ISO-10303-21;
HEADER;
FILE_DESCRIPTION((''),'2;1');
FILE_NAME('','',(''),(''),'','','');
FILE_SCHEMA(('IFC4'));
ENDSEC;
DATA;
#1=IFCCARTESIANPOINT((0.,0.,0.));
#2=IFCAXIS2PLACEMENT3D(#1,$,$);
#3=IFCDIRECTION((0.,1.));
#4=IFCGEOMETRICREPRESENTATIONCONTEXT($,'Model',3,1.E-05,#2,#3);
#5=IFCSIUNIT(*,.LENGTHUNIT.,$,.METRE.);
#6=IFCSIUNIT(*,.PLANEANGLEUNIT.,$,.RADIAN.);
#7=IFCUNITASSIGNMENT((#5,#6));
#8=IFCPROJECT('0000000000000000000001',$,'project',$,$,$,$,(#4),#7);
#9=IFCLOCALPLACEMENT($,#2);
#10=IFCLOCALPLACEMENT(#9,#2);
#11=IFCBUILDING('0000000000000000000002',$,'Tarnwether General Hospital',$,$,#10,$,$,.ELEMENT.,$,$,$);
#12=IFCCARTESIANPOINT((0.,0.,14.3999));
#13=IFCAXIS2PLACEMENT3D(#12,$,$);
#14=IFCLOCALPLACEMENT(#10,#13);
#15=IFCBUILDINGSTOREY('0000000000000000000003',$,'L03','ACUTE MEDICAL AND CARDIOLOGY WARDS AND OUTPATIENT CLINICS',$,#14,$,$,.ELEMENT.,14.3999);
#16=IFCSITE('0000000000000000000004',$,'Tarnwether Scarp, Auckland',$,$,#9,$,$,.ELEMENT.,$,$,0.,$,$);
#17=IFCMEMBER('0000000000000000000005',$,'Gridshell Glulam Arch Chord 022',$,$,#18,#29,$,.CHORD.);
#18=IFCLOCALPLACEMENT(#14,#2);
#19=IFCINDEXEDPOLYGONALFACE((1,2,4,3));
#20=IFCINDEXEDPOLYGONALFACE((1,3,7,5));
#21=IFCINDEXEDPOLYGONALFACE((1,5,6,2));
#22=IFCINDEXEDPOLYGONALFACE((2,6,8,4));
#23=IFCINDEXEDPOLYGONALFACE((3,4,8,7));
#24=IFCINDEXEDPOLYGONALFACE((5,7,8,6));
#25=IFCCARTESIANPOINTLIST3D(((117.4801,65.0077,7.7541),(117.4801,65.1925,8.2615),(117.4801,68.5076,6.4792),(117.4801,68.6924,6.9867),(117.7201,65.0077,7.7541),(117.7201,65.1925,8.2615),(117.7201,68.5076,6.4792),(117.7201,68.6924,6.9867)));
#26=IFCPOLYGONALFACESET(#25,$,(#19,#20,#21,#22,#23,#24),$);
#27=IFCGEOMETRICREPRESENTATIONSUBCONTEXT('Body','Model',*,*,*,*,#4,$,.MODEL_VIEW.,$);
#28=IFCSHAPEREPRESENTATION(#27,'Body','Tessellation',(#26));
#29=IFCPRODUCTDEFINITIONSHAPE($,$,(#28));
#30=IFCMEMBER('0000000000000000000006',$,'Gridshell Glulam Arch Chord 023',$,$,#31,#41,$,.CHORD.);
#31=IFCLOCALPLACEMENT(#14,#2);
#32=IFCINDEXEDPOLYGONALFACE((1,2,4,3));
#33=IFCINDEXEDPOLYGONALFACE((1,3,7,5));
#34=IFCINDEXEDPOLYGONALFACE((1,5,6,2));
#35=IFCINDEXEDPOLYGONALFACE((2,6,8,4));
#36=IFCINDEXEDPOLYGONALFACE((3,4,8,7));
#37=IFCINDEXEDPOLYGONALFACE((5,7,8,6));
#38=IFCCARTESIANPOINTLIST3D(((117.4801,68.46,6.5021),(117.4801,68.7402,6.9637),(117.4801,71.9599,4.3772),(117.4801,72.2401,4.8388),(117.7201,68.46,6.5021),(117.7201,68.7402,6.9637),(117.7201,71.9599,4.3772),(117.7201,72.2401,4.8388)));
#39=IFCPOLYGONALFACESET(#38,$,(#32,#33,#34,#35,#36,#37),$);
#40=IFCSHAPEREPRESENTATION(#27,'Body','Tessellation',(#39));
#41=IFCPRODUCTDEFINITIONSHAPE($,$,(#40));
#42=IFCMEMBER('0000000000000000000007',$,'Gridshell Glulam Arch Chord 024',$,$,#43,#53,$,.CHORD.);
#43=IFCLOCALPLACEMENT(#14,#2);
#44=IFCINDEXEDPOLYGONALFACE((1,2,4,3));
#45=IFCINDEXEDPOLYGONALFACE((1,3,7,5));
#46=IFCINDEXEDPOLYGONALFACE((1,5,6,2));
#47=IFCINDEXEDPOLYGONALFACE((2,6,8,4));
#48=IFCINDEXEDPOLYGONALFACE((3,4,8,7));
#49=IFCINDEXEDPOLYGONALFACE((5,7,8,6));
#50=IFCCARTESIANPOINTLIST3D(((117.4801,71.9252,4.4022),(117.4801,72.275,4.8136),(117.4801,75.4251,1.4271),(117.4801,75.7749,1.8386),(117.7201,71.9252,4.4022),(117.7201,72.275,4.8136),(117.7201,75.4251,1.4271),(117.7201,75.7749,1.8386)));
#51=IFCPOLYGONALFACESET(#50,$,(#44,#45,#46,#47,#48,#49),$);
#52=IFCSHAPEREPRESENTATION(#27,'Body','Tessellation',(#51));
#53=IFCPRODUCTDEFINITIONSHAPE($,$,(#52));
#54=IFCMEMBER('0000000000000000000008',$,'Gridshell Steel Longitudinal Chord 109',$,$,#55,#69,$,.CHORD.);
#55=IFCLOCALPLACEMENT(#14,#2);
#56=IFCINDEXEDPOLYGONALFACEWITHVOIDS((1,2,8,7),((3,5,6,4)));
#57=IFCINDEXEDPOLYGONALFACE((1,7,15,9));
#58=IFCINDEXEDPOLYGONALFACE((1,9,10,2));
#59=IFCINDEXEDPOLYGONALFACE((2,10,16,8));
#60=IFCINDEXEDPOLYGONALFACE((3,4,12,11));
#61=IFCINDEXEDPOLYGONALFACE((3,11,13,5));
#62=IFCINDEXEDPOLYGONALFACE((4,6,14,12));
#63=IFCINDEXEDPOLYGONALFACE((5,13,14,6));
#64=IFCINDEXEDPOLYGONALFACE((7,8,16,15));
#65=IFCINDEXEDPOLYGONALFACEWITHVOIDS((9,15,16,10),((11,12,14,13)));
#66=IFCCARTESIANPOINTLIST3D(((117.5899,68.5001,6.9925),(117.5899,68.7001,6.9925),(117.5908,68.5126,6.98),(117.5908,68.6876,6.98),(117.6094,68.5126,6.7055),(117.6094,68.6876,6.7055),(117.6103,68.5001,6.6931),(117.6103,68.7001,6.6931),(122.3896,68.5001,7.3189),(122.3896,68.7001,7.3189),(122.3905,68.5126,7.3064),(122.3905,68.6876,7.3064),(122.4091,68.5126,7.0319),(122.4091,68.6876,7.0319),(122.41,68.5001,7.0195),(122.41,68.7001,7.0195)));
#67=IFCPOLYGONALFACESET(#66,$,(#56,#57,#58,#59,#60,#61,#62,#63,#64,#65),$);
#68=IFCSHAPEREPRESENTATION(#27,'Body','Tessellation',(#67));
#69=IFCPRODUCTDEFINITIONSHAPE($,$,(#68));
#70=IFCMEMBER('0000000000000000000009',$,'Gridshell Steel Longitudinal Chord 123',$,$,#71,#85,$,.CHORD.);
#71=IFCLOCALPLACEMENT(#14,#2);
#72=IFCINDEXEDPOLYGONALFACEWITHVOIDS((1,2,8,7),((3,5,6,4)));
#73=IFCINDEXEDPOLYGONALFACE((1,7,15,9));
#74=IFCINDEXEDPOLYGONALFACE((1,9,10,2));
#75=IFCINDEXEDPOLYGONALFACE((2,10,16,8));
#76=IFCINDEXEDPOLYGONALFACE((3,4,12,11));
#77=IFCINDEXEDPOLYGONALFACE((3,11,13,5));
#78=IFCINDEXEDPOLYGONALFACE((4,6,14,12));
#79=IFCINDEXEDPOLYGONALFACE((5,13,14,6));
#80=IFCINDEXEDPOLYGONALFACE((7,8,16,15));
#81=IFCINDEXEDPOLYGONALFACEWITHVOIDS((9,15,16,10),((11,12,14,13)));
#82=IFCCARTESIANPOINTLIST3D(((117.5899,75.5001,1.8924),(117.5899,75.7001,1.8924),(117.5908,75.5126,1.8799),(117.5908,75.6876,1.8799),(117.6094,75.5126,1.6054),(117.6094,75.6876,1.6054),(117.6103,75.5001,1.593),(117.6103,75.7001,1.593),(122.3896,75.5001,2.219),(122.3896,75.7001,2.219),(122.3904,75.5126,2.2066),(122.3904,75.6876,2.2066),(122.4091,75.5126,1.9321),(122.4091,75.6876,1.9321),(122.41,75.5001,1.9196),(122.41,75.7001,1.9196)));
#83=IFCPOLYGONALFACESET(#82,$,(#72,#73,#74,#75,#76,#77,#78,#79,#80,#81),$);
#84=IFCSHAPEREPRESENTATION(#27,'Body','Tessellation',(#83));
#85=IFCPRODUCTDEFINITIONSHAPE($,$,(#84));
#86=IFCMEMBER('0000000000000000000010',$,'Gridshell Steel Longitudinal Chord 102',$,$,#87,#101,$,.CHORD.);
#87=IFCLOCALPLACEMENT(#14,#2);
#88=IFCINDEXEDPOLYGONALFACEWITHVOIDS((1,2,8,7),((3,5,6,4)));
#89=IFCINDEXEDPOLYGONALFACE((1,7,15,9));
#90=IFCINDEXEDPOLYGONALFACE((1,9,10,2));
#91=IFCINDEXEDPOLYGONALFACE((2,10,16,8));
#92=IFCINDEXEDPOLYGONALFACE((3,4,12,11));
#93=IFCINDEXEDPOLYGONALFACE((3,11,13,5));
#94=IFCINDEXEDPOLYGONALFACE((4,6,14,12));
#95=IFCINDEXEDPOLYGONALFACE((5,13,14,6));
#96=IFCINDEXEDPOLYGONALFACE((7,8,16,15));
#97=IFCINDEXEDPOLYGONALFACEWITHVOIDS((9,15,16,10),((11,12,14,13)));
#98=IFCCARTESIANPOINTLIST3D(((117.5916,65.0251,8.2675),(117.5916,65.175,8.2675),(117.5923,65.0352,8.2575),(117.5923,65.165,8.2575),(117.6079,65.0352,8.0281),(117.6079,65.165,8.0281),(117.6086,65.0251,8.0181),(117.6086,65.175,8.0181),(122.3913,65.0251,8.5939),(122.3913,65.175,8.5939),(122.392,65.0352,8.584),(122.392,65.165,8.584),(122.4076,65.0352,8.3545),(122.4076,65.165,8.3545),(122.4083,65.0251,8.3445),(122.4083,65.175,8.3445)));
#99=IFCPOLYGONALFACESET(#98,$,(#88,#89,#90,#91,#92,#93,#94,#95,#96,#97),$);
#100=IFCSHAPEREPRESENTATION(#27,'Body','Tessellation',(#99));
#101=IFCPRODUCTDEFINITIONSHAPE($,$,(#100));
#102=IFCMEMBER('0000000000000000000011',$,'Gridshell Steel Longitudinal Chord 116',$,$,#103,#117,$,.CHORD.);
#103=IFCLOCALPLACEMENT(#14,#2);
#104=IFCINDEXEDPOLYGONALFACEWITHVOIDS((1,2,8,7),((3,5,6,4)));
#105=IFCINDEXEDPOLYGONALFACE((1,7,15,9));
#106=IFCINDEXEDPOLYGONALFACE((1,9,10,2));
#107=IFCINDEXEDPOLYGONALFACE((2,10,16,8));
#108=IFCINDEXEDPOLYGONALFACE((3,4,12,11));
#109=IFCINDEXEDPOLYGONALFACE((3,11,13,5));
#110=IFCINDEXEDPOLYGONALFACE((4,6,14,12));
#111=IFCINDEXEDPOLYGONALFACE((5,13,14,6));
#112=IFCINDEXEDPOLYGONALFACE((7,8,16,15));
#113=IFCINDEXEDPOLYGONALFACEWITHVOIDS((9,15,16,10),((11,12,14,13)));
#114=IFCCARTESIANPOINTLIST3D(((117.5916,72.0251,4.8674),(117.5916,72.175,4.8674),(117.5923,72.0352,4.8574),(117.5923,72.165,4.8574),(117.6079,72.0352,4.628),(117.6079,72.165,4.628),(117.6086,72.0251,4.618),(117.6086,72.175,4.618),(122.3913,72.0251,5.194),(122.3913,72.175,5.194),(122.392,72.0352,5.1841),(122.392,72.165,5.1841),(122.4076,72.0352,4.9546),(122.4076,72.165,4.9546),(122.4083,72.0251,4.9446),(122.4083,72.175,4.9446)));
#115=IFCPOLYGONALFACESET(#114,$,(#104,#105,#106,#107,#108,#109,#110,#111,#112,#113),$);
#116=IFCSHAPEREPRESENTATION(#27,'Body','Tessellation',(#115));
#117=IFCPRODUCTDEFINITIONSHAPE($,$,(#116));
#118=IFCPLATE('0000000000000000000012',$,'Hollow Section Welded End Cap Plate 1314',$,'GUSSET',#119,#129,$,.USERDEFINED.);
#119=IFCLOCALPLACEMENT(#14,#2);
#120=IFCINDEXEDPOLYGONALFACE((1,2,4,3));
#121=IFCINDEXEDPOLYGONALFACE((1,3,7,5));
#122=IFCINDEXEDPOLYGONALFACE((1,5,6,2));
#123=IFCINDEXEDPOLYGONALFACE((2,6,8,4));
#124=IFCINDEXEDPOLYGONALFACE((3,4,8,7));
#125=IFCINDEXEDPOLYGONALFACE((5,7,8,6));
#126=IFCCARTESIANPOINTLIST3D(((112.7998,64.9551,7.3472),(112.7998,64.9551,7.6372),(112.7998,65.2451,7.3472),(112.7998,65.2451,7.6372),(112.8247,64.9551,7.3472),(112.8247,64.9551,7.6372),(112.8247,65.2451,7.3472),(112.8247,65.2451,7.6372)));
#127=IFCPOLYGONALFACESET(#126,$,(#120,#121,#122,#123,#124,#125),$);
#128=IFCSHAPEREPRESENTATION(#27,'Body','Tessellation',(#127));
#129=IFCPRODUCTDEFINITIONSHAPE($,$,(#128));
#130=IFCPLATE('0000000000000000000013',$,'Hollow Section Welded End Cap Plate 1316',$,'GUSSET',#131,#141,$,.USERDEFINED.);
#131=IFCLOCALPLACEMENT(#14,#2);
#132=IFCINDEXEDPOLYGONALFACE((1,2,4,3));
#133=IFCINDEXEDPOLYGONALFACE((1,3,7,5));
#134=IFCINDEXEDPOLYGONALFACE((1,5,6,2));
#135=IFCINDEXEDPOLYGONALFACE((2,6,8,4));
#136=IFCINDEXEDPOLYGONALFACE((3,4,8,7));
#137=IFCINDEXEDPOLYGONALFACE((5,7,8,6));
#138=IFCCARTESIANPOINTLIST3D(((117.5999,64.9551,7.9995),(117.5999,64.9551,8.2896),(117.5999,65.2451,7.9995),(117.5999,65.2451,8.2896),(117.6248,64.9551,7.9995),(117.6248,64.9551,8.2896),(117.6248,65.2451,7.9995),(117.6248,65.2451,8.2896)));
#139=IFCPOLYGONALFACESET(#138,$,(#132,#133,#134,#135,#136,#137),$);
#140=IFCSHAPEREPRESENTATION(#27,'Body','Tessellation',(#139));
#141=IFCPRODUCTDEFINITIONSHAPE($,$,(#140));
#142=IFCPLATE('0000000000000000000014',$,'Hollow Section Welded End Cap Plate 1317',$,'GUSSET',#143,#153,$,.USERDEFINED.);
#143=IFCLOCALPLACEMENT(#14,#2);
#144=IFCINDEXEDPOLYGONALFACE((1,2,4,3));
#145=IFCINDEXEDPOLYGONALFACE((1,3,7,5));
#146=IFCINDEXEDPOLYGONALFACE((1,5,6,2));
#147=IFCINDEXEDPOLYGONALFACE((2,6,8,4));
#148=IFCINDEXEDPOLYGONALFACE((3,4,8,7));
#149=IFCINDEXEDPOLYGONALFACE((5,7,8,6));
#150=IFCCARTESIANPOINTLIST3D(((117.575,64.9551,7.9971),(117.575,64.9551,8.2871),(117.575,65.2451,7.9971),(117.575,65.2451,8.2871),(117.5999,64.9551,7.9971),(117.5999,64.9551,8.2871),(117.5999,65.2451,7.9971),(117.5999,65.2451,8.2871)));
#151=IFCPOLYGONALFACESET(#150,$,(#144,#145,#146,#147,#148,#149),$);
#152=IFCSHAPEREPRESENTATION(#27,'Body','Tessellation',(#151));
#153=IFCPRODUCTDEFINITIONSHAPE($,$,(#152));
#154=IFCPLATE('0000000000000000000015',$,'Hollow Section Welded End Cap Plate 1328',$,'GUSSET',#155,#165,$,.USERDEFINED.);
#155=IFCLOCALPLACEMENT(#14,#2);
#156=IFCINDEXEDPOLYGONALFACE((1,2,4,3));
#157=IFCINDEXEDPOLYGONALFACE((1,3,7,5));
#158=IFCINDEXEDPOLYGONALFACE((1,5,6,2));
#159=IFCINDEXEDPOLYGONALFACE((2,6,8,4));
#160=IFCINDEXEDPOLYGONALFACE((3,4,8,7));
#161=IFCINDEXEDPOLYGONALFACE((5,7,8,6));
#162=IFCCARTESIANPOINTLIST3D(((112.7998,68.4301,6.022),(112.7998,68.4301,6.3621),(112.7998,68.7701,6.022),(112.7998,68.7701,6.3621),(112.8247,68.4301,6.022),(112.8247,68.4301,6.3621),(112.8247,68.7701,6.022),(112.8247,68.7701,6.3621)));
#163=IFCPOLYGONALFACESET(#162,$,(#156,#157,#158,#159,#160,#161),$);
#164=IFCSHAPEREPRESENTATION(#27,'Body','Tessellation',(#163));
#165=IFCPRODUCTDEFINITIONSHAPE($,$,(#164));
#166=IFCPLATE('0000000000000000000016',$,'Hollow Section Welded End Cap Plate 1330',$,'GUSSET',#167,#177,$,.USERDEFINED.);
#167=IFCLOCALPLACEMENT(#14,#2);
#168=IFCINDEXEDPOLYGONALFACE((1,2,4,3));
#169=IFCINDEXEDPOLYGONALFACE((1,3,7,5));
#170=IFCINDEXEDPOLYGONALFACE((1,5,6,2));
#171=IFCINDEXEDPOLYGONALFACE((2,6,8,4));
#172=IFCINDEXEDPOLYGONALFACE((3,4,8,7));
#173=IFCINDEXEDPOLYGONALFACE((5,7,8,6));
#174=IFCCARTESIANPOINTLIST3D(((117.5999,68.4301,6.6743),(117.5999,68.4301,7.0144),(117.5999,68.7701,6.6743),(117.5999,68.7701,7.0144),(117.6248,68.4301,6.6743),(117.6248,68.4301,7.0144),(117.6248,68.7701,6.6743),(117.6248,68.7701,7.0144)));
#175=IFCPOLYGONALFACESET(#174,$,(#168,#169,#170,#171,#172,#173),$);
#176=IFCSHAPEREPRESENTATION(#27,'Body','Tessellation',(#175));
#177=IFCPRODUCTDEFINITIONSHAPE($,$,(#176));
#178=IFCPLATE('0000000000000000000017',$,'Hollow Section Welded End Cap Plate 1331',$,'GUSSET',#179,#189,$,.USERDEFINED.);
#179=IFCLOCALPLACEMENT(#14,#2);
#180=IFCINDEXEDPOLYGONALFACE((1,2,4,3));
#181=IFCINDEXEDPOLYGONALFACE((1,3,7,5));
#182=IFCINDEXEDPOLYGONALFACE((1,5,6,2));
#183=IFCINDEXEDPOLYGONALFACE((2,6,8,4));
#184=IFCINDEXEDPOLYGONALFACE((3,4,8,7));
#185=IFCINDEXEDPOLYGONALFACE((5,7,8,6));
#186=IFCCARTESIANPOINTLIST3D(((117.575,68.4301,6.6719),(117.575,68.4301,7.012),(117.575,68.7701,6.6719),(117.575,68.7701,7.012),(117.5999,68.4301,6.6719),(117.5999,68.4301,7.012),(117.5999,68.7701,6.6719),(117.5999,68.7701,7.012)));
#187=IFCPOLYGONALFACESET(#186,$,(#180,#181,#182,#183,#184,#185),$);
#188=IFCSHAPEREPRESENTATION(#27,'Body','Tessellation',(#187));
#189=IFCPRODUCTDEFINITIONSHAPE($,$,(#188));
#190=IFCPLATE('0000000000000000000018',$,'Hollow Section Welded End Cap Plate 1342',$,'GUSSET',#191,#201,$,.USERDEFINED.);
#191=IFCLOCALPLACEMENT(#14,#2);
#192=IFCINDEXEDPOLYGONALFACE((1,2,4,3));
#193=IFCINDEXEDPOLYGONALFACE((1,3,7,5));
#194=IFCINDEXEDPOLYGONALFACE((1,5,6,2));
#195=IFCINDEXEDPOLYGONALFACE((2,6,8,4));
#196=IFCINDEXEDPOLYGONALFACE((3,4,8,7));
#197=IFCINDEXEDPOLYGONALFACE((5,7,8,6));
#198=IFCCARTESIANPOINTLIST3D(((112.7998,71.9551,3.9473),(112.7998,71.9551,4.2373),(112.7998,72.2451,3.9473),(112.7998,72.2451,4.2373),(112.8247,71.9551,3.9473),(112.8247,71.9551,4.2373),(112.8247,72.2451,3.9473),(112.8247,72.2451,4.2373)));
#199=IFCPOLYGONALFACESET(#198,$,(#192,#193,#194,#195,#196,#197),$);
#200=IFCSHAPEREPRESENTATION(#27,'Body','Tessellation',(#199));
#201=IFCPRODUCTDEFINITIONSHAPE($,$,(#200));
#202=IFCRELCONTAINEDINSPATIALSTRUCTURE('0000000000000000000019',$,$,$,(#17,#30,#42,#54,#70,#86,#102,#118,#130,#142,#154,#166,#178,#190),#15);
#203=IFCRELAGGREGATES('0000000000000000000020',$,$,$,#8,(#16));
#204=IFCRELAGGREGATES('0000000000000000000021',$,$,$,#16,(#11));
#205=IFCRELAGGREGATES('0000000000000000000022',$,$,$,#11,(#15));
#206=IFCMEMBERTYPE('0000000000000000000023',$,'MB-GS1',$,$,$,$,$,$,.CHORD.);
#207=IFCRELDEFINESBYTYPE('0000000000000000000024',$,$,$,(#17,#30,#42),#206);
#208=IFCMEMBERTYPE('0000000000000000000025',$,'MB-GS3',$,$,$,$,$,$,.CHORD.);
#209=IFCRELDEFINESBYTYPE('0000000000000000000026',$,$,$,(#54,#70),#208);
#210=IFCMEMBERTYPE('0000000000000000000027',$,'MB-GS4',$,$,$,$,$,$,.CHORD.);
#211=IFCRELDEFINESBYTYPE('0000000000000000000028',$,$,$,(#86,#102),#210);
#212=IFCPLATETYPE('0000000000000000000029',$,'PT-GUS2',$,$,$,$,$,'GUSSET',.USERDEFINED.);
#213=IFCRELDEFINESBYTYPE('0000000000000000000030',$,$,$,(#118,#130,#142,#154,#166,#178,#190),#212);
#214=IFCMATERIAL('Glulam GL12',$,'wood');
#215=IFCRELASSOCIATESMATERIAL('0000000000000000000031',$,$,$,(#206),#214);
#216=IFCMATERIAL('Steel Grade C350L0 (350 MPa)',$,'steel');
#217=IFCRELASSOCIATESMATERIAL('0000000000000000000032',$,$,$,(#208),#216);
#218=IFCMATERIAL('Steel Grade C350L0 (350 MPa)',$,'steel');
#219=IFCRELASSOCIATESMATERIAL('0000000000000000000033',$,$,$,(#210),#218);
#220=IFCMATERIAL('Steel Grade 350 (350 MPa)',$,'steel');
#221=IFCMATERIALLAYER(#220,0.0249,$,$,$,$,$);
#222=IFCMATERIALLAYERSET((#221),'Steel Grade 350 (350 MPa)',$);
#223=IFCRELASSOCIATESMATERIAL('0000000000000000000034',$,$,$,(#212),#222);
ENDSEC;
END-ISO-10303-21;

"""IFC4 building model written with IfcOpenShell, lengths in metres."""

from ifc_helpers import new_model, si_unit, direction, frame, origin, origin_2d, place, context, subcontext, project, spatial, rectangle, hollow_rectangle, extrude, material, layer, layer_set, material_profile, profile_set, type_object, element, save


model = new_model("IFC4")

# Units and contexts
model_context = context("Model", 3, precision=1e-05, world=origin(), true_north=direction((0.0, 1.0)))
body_context = subcontext(model_context, "Body", "Model", "MODEL_VIEW")
ifc_project = project(units=[si_unit("LENGTHUNIT", "METRE"), si_unit("PLANEANGLEUNIT", "RADIAN")], contexts=[model_context])

# Site, building, storey
site_placement = place(None, origin())
site = spatial("IfcSite", under=ifc_project, at=site_placement, Name="Tarnwether Scarp, Auckland", CompositionType="ELEMENT", RefElevation=0.0)
building_placement = place(site_placement, origin())
building = spatial("IfcBuilding", under=site, at=building_placement, Name="Tarnwether General Hospital", CompositionType="ELEMENT")
storey_placement = place(building_placement, frame((0.0, 0.0, 14.3999)))
storey = spatial("IfcBuildingStorey", under=building, at=storey_placement, Name="L03", Description="ACUTE MEDICAL AND CARDIOLOGY WARDS AND OUTPATIENT CLINICS", CompositionType="ELEMENT", Elevation=14.3999)

# Members
ifc_material_1 = material(Name="Glulam GL12", Category="wood")
ifc_material_profile_1 = material_profile(ifc_material_1, rectangle(XDim=0.24, YDim=0.54, at=origin_2d()), Name="GL12-240x540")
ifc_profile_set_1 = profile_set([ifc_material_profile_1], Name="Glulam GL12")
member_type_1 = type_object("IfcMemberType", Name="MB-GS1", PredefinedType="CHORD", material=ifc_profile_set_1)
member_1_placement = place(storey_placement, frame((117.6001, 65.1001, 8.0078), z_axis=(0.0, 0.939606, -0.342259), x_axis=(-1.0, 0.0, 0.0)))
element("IfcMember", 1, at=member_1_placement, inside=storey, type_object=member_type_1, Name="Gridshell Glulam Arch Chord 022", PredefinedType="CHORD", context=body_context, shape_type="SweptSolid", body=[
    extrude(rectangle(XDim=0.24, YDim=0.54, at=origin_2d()), origin(), (0.0, 0.0, 1.0), 3.7249),
])
member_2_placement = place(storey_placement, frame((117.6001, 68.6001, 6.7329), z_axis=(0.0, 0.854788, -0.518978), x_axis=(-1.0, 0.0, 0.0)))
element("IfcMember", 2, at=member_2_placement, inside=storey, type_object=member_type_1, Name="Gridshell Glulam Arch Chord 023", PredefinedType="CHORD", context=body_context, shape_type="SweptSolid", body=[
    extrude(rectangle(XDim=0.24, YDim=0.54, at=origin_2d()), origin(), (0.0, 0.0, 1.0), 4.0945),
])
member_3_placement = place(storey_placement, frame((117.6001, 72.1001, 4.6079), z_axis=(0.0, 0.761929, -0.647661), x_axis=(-1.0, 0.0, 0.0)))
element("IfcMember", 3, at=member_3_placement, inside=storey, type_object=member_type_1, Name="Gridshell Glulam Arch Chord 024", PredefinedType="CHORD", context=body_context, shape_type="SweptSolid", body=[
    extrude(rectangle(XDim=0.24, YDim=0.54, at=origin_2d()), origin(), (0.0, 0.0, 1.0), 4.5935),
])
ifc_material_2 = material(Name="Steel Grade C350L0 (350 MPa)", Category="steel")
ifc_material_profile_2 = material_profile(ifc_material_2, hollow_rectangle(XDim=0.2, YDim=0.3, WallThickness=0.0125, at=origin_2d()), Name="RHS300x200x12.5")
ifc_profile_set_2 = profile_set([ifc_material_profile_2], Name="Steel Grade C350L0 (350 MPa)")
member_type_2 = type_object("IfcMemberType", Name="MB-GS3", PredefinedType="CHORD", material=ifc_profile_set_2)
for number, where, z_axis, x_axis, name in (
    (4, (117.6001, 68.6001, 6.8428), (0.997696, 0.0, 0.067849), (0.0, 1.0, 0.0), "Gridshell Steel Longitudinal Chord 109"),
    (5, (117.6001, 75.6001, 1.7427), (0.997692, 0.0, 0.0679), (0.0, 1.0, 0.0), "Gridshell Steel Longitudinal Chord 123"),
):
    element("IfcMember", number, at=place(storey_placement, frame(where, z_axis=z_axis, x_axis=x_axis)), inside=storey, type_object=member_type_2, Name=name, PredefinedType="CHORD", context=body_context, shape_type="SweptSolid", body=[
        extrude(hollow_rectangle(XDim=0.2, YDim=0.3, WallThickness=0.0125, at=origin_2d()), origin(), (0.0, 0.0, 1.0), 4.8108),
    ])
ifc_material_3 = material(Name="Steel Grade C350L0 (350 MPa)", Category="steel")
ifc_material_profile_3 = material_profile(ifc_material_3, hollow_rectangle(XDim=0.1499, YDim=0.25, WallThickness=0.01, at=origin_2d()), Name="RHS250x150x10")
ifc_profile_set_3 = profile_set([ifc_material_profile_3], Name="Steel Grade C350L0 (350 MPa)")
member_type_3 = type_object("IfcMemberType", Name="MB-GS4", PredefinedType="CHORD", material=ifc_profile_set_3)
for number, where, z_axis, x_axis, name in (
    (6, (117.6001, 65.1001, 8.1428), (0.997696, 0.0, 0.067849), (0.0, 1.0, 0.0), "Gridshell Steel Longitudinal Chord 102"),
    (7, (117.6001, 72.1001, 4.7427), (0.997692, 0.0, 0.0679), (0.0, 1.0, 0.0), "Gridshell Steel Longitudinal Chord 116"),
):
    element("IfcMember", number, at=place(storey_placement, frame(where, z_axis=z_axis, x_axis=x_axis)), inside=storey, type_object=member_type_3, Name=name, PredefinedType="CHORD", context=body_context, shape_type="SweptSolid", body=[
        extrude(hollow_rectangle(XDim=0.1499, YDim=0.25, WallThickness=0.01, at=origin_2d()), origin(), (0.0, 0.0, 1.0), 4.8108),
    ])

# Plates
ifc_material_4 = material(Name="Steel Grade 350 (350 MPa)", Category="steel")
ifc_layer_1 = layer(ifc_material_4, 0.0249)
ifc_layer_set_1 = layer_set([ifc_layer_1], Name="Steel Grade 350 (350 MPa)")
plate_type_1 = type_object("IfcPlateType", Name="PT-GUS2", ElementType="GUSSET", PredefinedType="USERDEFINED", material=ifc_layer_set_1)
for number, where, z_axis, x_axis, name in (
    (8, (112.8123, 65.1001, 7.3472), (0.0, 0.0, 1.0), (1.0, 0.0, 0.0), "Hollow Section Welded End Cap Plate 1314"),
    (9, (117.6123, 65.1001, 7.9995), (0.0, 0.0, 1.0), (1.0, 0.0, 0.0), "Hollow Section Welded End Cap Plate 1316"),
    (10, (117.5874, 65.1001, 7.9971), (0.0, 0.0, 1.0), (1.0, 0.0, 0.0), "Hollow Section Welded End Cap Plate 1317"),
):
    element("IfcPlate", number, at=place(storey_placement, frame(where, z_axis=z_axis, x_axis=x_axis)), inside=storey, type_object=plate_type_1, Name=name, ObjectType="GUSSET", PredefinedType="USERDEFINED", context=body_context, shape_type="SweptSolid", body=[
        extrude(rectangle(XDim=0.0249, YDim=0.29, at=origin_2d()), origin(), (0.0, 0.0, 1.0), 0.29),
    ])
for number, where, z_axis, x_axis, name in (
    (11, (112.8123, 68.6001, 6.022), (0.0, 0.0, 1.0), (1.0, 0.0, 0.0), "Hollow Section Welded End Cap Plate 1328"),
    (12, (117.6123, 68.6001, 6.6743), (0.0, 0.0, 1.0), (1.0, 0.0, 0.0), "Hollow Section Welded End Cap Plate 1330"),
    (13, (117.5874, 68.6001, 6.6719), (0.0, 0.0, 1.0), (1.0, 0.0, 0.0), "Hollow Section Welded End Cap Plate 1331"),
):
    element("IfcPlate", number, at=place(storey_placement, frame(where, z_axis=z_axis, x_axis=x_axis)), inside=storey, type_object=plate_type_1, Name=name, ObjectType="GUSSET", PredefinedType="USERDEFINED", context=body_context, shape_type="SweptSolid", body=[
        extrude(rectangle(XDim=0.0249, YDim=0.3401, at=origin_2d()), origin(), (0.0, 0.0, 1.0), 0.3401),
    ])
for number, where, z_axis, x_axis, name in (
    (14, (112.8123, 72.1001, 3.9473), (0.0, 0.0, 1.0), (1.0, 0.0, 0.0), "Hollow Section Welded End Cap Plate 1342"),
):
    element("IfcPlate", number, at=place(storey_placement, frame(where, z_axis=z_axis, x_axis=x_axis)), inside=storey, type_object=plate_type_1, Name=name, ObjectType="GUSSET", PredefinedType="USERDEFINED", context=body_context, shape_type="SweptSolid", body=[
        extrude(rectangle(XDim=0.0249, YDim=0.29, at=origin_2d()), origin(), (0.0, 0.0, 1.0), 0.29),
    ])

save(model, "model.ifc")
